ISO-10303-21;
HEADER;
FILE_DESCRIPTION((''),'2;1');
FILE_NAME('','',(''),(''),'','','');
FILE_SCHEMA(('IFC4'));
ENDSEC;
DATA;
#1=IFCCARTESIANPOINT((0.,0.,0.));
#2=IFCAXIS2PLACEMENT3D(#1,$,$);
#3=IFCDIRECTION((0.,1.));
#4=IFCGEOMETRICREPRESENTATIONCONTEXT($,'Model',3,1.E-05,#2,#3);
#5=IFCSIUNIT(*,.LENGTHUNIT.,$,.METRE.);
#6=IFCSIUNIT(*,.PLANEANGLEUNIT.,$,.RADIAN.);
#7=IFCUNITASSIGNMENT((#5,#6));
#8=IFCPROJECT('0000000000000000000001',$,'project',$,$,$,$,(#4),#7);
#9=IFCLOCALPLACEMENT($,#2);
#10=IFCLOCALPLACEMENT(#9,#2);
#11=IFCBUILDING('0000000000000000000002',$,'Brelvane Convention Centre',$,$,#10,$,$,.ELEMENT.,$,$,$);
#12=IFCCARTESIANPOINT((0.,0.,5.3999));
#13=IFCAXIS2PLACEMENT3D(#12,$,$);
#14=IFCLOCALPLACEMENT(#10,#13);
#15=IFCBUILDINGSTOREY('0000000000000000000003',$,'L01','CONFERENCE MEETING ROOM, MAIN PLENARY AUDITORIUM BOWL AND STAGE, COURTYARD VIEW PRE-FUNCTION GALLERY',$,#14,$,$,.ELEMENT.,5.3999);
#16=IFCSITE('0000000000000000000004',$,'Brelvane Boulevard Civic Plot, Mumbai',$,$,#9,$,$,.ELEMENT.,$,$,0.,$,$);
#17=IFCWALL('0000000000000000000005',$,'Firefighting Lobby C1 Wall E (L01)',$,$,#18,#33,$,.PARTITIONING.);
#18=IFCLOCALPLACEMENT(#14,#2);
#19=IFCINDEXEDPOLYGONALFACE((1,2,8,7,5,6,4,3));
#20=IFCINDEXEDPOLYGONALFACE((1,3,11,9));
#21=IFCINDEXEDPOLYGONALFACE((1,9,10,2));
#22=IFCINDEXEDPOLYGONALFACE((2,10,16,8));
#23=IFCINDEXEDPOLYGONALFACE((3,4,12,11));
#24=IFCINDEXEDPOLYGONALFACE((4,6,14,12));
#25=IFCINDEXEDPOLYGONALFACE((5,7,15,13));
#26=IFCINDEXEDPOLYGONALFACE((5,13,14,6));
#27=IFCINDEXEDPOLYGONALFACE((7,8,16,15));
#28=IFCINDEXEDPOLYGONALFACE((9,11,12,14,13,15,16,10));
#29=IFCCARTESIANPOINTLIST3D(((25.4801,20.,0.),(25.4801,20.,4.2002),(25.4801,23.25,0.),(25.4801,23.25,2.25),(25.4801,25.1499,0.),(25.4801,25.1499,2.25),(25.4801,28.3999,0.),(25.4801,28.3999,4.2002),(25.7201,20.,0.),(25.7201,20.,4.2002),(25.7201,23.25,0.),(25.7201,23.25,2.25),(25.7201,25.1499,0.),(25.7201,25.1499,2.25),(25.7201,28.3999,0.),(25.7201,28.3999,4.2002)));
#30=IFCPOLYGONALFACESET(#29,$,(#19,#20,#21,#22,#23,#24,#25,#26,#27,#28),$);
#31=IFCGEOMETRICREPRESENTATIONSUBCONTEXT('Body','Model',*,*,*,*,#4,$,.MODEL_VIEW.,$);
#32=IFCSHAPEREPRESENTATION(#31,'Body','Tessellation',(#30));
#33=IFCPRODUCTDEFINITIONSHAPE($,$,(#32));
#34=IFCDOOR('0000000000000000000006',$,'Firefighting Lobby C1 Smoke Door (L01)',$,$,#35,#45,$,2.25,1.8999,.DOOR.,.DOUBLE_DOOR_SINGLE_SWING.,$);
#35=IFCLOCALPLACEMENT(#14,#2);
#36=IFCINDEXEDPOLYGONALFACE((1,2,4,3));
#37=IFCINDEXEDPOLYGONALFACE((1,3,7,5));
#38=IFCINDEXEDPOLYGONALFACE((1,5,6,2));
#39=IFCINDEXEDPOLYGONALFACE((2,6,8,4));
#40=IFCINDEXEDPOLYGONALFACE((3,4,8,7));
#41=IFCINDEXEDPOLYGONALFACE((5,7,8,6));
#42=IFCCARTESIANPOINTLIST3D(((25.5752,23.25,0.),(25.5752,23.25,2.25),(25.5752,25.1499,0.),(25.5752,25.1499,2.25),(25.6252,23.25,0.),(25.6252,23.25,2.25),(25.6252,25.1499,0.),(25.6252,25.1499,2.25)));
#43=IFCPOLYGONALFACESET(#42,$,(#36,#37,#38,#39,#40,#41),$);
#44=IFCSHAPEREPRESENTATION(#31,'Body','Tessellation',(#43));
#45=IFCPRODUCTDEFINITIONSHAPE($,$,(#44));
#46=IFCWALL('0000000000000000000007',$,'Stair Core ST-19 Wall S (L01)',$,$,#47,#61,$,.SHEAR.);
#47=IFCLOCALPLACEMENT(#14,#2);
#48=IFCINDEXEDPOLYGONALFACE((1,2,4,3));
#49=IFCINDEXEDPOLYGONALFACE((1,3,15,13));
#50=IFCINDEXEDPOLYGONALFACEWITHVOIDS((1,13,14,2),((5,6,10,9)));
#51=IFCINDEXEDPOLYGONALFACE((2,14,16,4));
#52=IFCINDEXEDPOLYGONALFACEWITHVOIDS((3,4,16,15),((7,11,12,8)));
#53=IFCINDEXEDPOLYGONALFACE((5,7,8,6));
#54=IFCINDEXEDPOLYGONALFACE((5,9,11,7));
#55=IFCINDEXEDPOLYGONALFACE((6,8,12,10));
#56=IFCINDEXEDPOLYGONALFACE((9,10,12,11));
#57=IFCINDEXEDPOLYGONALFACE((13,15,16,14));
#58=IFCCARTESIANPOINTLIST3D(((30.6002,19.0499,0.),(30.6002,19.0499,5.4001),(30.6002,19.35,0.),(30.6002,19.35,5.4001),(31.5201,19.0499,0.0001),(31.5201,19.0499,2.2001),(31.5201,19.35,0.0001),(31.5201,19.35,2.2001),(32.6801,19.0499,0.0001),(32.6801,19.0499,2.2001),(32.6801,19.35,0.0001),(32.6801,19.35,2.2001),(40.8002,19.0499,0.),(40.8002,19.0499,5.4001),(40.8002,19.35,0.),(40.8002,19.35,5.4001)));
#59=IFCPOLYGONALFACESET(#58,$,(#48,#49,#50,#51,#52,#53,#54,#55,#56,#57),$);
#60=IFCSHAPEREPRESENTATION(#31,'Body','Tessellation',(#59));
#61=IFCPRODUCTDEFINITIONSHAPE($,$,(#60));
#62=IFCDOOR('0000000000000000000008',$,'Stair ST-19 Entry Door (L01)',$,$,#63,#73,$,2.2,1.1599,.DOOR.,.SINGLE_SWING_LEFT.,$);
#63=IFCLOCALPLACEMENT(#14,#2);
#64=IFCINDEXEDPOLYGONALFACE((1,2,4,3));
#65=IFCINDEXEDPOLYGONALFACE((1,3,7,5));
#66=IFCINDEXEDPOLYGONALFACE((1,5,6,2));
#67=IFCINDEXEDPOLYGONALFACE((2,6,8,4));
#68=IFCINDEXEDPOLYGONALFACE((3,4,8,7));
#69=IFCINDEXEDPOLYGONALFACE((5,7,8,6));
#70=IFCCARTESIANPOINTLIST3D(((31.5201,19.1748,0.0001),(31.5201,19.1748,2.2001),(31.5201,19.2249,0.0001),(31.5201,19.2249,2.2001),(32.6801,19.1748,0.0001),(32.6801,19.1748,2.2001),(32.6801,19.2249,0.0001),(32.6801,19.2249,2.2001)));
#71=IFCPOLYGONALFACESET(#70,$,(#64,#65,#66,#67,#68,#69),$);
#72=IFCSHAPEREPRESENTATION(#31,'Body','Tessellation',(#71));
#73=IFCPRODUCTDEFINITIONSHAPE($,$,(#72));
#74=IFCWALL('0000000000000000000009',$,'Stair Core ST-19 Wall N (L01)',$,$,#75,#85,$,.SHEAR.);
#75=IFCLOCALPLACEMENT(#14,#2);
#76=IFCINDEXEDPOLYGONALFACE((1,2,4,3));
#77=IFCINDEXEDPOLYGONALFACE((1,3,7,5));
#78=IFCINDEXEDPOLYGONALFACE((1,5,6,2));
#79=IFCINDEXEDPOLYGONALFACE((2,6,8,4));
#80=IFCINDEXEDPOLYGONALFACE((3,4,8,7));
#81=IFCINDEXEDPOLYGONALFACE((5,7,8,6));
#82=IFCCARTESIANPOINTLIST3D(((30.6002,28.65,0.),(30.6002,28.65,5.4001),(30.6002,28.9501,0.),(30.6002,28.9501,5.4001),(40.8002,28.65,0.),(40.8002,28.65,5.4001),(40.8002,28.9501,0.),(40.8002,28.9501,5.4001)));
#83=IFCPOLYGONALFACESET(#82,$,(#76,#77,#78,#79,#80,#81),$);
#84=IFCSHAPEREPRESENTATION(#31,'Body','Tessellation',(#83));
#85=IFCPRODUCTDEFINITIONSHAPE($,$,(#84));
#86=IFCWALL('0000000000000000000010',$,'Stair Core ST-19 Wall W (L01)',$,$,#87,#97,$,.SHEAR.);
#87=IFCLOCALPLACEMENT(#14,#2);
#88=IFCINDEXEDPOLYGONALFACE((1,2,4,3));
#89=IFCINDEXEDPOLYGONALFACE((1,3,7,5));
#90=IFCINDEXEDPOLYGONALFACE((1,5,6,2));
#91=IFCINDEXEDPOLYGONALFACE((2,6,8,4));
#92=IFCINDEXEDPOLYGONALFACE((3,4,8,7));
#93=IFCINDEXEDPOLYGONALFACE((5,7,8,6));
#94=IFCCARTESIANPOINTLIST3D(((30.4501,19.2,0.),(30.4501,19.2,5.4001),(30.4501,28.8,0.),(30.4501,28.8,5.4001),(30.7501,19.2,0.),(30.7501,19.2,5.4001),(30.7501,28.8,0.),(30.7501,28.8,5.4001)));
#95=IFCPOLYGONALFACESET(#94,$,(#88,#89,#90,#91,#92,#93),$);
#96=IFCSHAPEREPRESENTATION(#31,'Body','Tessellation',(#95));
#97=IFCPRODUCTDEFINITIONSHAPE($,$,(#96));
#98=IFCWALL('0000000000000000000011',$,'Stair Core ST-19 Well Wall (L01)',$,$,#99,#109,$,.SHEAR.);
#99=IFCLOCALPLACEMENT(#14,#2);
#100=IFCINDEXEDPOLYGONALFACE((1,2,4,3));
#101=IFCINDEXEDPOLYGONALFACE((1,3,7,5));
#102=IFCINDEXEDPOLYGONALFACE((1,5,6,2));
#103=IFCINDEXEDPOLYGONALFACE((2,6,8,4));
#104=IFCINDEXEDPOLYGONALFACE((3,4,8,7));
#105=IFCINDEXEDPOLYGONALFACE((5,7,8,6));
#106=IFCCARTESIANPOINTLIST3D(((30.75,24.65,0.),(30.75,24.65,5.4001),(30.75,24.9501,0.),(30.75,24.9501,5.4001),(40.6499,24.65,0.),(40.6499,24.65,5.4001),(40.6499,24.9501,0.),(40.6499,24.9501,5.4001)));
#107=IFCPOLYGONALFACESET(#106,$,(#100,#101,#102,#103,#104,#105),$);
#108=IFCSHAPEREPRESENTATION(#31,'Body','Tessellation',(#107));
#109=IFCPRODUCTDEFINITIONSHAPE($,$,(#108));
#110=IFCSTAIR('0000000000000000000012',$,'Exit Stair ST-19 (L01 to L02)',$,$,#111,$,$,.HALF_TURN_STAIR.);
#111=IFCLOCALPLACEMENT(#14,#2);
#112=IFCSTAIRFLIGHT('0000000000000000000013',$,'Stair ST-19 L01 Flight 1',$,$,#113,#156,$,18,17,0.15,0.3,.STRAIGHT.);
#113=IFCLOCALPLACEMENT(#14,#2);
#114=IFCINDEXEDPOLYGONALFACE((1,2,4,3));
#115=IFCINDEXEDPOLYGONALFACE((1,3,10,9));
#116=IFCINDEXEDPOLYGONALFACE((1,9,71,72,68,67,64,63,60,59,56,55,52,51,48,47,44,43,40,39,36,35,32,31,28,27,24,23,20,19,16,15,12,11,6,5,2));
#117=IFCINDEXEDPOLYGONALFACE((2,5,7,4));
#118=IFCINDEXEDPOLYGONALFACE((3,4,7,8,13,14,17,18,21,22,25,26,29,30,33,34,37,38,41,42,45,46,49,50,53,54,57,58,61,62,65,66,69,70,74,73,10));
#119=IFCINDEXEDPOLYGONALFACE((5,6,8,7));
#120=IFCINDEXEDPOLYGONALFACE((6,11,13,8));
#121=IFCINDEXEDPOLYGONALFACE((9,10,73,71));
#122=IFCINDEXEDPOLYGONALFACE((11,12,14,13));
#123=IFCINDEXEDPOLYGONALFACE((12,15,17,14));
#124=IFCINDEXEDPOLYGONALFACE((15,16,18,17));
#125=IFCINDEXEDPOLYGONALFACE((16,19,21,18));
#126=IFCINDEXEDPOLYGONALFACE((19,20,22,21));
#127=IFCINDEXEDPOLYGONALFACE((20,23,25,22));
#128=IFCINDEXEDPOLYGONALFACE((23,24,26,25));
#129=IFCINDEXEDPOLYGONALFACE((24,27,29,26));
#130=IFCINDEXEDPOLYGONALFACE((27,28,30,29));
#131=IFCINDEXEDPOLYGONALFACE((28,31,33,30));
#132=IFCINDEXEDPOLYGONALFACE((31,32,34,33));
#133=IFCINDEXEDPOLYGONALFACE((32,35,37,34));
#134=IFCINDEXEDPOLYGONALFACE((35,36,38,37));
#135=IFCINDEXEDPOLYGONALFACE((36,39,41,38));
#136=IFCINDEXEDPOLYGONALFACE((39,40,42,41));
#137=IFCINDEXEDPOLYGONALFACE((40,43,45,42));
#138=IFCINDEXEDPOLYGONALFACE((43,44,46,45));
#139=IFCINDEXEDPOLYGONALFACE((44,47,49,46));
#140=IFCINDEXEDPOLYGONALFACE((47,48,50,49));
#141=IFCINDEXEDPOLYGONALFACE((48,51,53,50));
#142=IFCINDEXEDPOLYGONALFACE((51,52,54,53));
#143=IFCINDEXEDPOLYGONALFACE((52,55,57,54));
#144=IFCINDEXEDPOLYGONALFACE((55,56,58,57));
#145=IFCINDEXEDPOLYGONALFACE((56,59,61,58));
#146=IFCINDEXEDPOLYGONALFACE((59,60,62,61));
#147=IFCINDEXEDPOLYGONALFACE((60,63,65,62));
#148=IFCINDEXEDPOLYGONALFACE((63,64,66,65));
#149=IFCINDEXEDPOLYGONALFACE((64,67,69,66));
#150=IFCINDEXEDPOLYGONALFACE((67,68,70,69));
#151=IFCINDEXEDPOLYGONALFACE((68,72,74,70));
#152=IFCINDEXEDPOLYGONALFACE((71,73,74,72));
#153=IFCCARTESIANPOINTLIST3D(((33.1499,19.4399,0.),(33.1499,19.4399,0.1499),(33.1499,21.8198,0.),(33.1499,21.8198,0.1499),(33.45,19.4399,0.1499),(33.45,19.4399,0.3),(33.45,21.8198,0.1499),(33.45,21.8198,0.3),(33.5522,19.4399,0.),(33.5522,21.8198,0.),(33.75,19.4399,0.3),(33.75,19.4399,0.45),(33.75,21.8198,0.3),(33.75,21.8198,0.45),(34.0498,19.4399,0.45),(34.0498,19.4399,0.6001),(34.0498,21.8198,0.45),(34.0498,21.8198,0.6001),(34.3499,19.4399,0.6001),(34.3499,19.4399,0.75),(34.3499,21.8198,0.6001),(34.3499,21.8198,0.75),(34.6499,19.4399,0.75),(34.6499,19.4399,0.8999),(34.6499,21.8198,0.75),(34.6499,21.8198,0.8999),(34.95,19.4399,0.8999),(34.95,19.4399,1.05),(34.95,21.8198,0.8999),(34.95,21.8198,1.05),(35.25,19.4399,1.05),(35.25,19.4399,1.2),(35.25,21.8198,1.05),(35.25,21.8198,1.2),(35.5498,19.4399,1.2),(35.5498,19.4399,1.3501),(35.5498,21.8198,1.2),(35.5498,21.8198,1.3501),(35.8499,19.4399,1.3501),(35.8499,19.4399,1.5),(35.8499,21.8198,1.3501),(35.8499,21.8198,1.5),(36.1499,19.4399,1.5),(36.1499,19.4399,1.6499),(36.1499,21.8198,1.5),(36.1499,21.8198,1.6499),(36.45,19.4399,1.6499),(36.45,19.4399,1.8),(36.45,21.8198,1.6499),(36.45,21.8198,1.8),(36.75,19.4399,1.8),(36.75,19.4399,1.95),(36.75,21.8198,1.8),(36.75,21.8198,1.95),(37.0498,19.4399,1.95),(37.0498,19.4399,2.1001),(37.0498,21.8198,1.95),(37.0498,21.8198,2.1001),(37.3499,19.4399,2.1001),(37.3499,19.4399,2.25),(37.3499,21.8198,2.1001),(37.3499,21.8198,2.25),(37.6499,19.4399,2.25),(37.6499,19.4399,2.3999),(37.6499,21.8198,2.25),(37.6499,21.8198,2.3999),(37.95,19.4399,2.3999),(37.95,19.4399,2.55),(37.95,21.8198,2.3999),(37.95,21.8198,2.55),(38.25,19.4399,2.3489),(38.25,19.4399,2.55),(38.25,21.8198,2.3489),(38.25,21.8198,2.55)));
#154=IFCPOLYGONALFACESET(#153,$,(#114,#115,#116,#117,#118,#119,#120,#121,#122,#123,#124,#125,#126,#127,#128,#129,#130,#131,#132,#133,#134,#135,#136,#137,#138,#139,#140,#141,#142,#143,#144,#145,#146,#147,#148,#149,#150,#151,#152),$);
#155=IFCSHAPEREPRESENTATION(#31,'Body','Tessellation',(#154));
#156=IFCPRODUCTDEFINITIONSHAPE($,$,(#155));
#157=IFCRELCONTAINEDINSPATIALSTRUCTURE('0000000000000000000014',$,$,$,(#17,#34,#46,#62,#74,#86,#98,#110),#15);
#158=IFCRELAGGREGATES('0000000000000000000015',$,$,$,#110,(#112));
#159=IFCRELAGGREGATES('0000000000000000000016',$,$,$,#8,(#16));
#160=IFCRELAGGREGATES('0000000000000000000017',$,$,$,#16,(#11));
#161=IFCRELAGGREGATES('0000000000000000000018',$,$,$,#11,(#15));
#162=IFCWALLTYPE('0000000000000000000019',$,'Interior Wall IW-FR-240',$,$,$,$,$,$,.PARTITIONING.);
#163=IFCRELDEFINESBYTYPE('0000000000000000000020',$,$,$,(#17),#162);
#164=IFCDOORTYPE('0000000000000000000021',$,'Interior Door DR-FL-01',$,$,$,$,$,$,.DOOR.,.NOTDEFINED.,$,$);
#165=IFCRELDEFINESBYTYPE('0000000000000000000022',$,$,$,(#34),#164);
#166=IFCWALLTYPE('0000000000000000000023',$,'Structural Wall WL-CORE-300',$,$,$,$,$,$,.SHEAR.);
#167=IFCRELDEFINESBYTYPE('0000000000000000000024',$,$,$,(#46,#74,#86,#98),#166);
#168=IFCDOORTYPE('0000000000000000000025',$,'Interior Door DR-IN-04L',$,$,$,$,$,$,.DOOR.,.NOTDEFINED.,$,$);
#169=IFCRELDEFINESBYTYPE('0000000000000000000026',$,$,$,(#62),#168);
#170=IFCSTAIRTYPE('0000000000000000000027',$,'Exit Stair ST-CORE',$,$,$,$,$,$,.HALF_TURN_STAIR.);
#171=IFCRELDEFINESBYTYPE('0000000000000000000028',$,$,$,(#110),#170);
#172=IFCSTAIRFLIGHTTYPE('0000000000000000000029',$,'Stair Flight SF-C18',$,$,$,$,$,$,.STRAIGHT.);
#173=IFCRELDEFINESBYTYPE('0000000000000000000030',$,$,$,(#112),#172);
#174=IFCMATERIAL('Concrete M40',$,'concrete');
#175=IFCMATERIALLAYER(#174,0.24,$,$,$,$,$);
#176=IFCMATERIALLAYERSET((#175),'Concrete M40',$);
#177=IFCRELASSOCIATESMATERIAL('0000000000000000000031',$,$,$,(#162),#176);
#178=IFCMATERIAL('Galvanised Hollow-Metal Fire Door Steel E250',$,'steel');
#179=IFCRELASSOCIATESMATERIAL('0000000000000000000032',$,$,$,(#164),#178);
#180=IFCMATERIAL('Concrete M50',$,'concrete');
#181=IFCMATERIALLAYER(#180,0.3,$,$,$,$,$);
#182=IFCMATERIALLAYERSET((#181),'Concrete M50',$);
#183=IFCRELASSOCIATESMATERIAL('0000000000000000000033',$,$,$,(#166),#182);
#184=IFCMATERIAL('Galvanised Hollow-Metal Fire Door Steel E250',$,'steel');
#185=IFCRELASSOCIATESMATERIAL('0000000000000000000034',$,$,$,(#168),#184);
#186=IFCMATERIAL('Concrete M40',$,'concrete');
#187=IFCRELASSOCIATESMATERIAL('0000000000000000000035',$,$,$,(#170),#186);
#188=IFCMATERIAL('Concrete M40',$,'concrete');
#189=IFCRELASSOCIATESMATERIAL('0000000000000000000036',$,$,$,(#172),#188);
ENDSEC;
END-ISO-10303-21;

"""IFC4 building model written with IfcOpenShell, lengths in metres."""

from ifc_helpers import new_model, si_unit, direction, frame, frame_2d, origin, place, context, subcontext, project, spatial, polyline, rectangle, outline, extrude, material, layer, layer_set, type_object, element, fill, aggregate, save


model = new_model("IFC4")

# Units and contexts
model_context = context("Model", 3, precision=1e-05, world=origin(), true_north=direction((0.0, 1.0)))
body_context = subcontext(model_context, "Body", "Model", "MODEL_VIEW")
ifc_project = project(units=[si_unit("LENGTHUNIT", "METRE"), si_unit("PLANEANGLEUNIT", "RADIAN")], contexts=[model_context])

# Site, building, storey
site_placement = place(None, origin())
site = spatial("IfcSite", under=ifc_project, at=site_placement, Name="Brelvane Boulevard Civic Plot, Mumbai", CompositionType="ELEMENT", RefElevation=0.0)
building_placement = place(site_placement, origin())
building = spatial("IfcBuilding", under=site, at=building_placement, Name="Brelvane Convention Centre", CompositionType="ELEMENT")
storey_placement = place(building_placement, frame((0.0, 0.0, 5.3999)))
storey = spatial("IfcBuildingStorey", under=building, at=storey_placement, Name="L01", Description="CONFERENCE MEETING ROOM, MAIN PLENARY AUDITORIUM BOWL AND STAGE, COURTYARD VIEW PRE-FUNCTION GALLERY", CompositionType="ELEMENT", Elevation=5.3999)

# Walls, openings, doors
ifc_material_1 = material(Name="Concrete M40", Category="concrete")
ifc_layer_1 = layer(ifc_material_1, 0.24)
ifc_layer_set_1 = layer_set([ifc_layer_1], Name="Concrete M40")
wall_type_1 = type_object("IfcWallType", Name="Interior Wall IW-FR-240", PredefinedType="PARTITIONING", material=ifc_layer_set_1)
wall_1_placement = place(storey_placement, frame((25.6001, 20.0, 0.0), z_axis=(0.0, 0.0, 1.0), x_axis=(0.0, 1.0, 0.0)))
wall_1 = element("IfcWall", 1, at=wall_1_placement, inside=storey, type_object=wall_type_1, Name="Firefighting Lobby C1 Wall E (L01)", PredefinedType="PARTITIONING", context=body_context, shape_type="SweptSolid", body=[
    extrude(rectangle(XDim=8.3999, YDim=0.24, at=frame_2d((4.2, 0.0))), origin(), (0.0, 0.0, 1.0), 4.2002),
])
opening_1_placement = place(wall_1_placement, frame((3.25, 0.0, 0.0)))
opening_1 = element("IfcOpeningElement", 2, at=opening_1_placement, cuts=wall_1, PredefinedType="OPENING", context=body_context, shape_type="SweptSolid", body=[
    extrude(rectangle(XDim=1.8999, YDim=2.25, at=frame_2d((0.95, 1.125))), frame((0.0, 0.1299, 0.0), z_axis=(0.0, -1.0, 0.0), x_axis=(1.0, 0.0, 0.0)), (0.0, 0.0, 1.0), 0.26),
])
ifc_material_2 = material(Name="Galvanised Hollow-Metal Fire Door Steel E250", Category="steel")
door_type_1 = type_object("IfcDoorType", Name="Interior Door DR-FL-01", OperationType="NOTDEFINED", PredefinedType="DOOR", material=ifc_material_2)
door_1_placement = place(opening_1_placement, origin())
door_1 = element("IfcDoor", 3, at=door_1_placement, inside=storey, type_object=door_type_1, Name="Firefighting Lobby C1 Smoke Door (L01)", OperationType="DOUBLE_DOOR_SINGLE_SWING", OverallHeight=2.25, OverallWidth=1.8999, PredefinedType="DOOR", context=body_context, shape_type="SweptSolid", body=[
    extrude(rectangle(XDim=1.8999, YDim=2.25, at=frame_2d((0.95, 1.125))), frame((0.0, 0.0249, 0.0), z_axis=(0.0, -1.0, 0.0), x_axis=(1.0, 0.0, 0.0)), (0.0, 0.0, 1.0), 0.05),
])
fill(opening_1, door_1)
ifc_material_3 = material(Name="Concrete M50", Category="concrete")
ifc_layer_2 = layer(ifc_material_3, 0.3)
ifc_layer_set_2 = layer_set([ifc_layer_2], Name="Concrete M50")
wall_type_2 = type_object("IfcWallType", Name="Structural Wall WL-CORE-300", PredefinedType="SHEAR", material=ifc_layer_set_2)
wall_2_placement = place(storey_placement, frame((30.6001, 19.2, 0.0), z_axis=(0.0, 0.0, 1.0), x_axis=(1.0, 0.0, 0.0)))
wall_2 = element("IfcWall", 4, at=wall_2_placement, inside=storey, type_object=wall_type_2, Name="Stair Core ST-19 Wall S (L01)", PredefinedType="SHEAR", context=body_context, shape_type="SweptSolid", body=[
    extrude(rectangle(XDim=10.2, YDim=0.3, at=frame_2d((5.1001, 0.0))), origin(), (0.0, 0.0, 1.0), 5.4001),
])
opening_2_placement = place(wall_2_placement, frame((0.9199, 0.0, 0.0)))
opening_2 = element("IfcOpeningElement", 5, at=opening_2_placement, cuts=wall_2, PredefinedType="OPENING", context=body_context, shape_type="SweptSolid", body=[
    extrude(rectangle(XDim=1.1599, YDim=2.2, at=frame_2d((0.5801, 1.1001))), frame((0.0, 0.1599, 0.0), z_axis=(0.0, -1.0, 0.0), x_axis=(1.0, 0.0, 0.0)), (0.0, 0.0, 1.0), 0.3201),
])
ifc_material_4 = material(Name="Galvanised Hollow-Metal Fire Door Steel E250", Category="steel")
door_type_2 = type_object("IfcDoorType", Name="Interior Door DR-IN-04L", OperationType="NOTDEFINED", PredefinedType="DOOR", material=ifc_material_4)
door_2_placement = place(opening_2_placement, origin())
door_2 = element("IfcDoor", 6, at=door_2_placement, inside=storey, type_object=door_type_2, Name="Stair ST-19 Entry Door (L01)", OperationType="SINGLE_SWING_LEFT", OverallHeight=2.2, OverallWidth=1.1599, PredefinedType="DOOR", context=body_context, shape_type="SweptSolid", body=[
    extrude(rectangle(XDim=1.1599, YDim=2.2, at=frame_2d((0.5801, 1.1001))), frame((0.0, 0.0249, 0.0), z_axis=(0.0, -1.0, 0.0), x_axis=(1.0, 0.0, 0.0)), (0.0, 0.0, 1.0), 0.05),
])
fill(opening_2, door_2)

# Walls
wall_3_placement = place(storey_placement, frame((30.6001, 28.8, 0.0), z_axis=(0.0, 0.0, 1.0), x_axis=(1.0, 0.0, 0.0)))
element("IfcWall", 7, at=wall_3_placement, inside=storey, type_object=wall_type_2, Name="Stair Core ST-19 Wall N (L01)", PredefinedType="SHEAR", context=body_context, shape_type="SweptSolid", body=[
    extrude(rectangle(XDim=10.2, YDim=0.3, at=frame_2d((5.1001, 0.0))), origin(), (0.0, 0.0, 1.0), 5.4001),
])
wall_4_placement = place(storey_placement, frame((30.6001, 19.2, 0.0), z_axis=(0.0, 0.0, 1.0), x_axis=(0.0, 1.0, 0.0)))
element("IfcWall", 8, at=wall_4_placement, inside=storey, type_object=wall_type_2, Name="Stair Core ST-19 Wall W (L01)", PredefinedType="SHEAR", context=body_context, shape_type="SweptSolid", body=[
    extrude(rectangle(XDim=9.6001, YDim=0.3, at=frame_2d((4.8, 0.0))), origin(), (0.0, 0.0, 1.0), 5.4001),
])
wall_5_placement = place(storey_placement, frame((30.75, 24.8, 0.0), z_axis=(0.0, 0.0, 1.0), x_axis=(1.0, 0.0, 0.0)))
element("IfcWall", 9, at=wall_5_placement, inside=storey, type_object=wall_type_2, Name="Stair Core ST-19 Well Wall (L01)", PredefinedType="SHEAR", context=body_context, shape_type="SweptSolid", body=[
    extrude(rectangle(XDim=9.8999, YDim=0.3, at=frame_2d((4.95, 0.0))), origin(), (0.0, 0.0, 1.0), 5.4001),
])

# Stair, stair flight
ifc_material_5 = material(Name="Concrete M40", Category="concrete")
stair_type = type_object("IfcStairType", Name="Exit Stair ST-CORE", PredefinedType="HALF_TURN_STAIR", material=ifc_material_5)
stair_placement = place(storey_placement, origin())
stair = element("IfcStair", 10, at=stair_placement, inside=storey, type_object=stair_type, Name="Exit Stair ST-19 (L01 to L02)", PredefinedType="HALF_TURN_STAIR")
ifc_material_6 = material(Name="Concrete M40", Category="concrete")
stair_flight_type = type_object("IfcStairFlightType", Name="Stair Flight SF-C18", PredefinedType="STRAIGHT", material=ifc_material_6)
stair_flight_placement = place(storey_placement, frame((33.1499, 20.6299, 0.0), z_axis=(0.0, 0.0, 1.0), x_axis=(1.0, 0.0, 0.0)))
stair_flight = element("IfcStairFlight", 11, at=stair_flight_placement, type_object=stair_flight_type, Name="Stair ST-19 L01 Flight 1", NumberOfRisers=18, NumberOfTreads=17, PredefinedType="STRAIGHT", RiserHeight=0.15, TreadLength=0.3, context=body_context, shape_type="SweptSolid", body=[
    extrude(outline(polyline([(0.0, 0.0), (0.0, 0.1499), (0.3, 0.1499), (0.3, 0.3), (0.6001, 0.3), (0.6001, 0.45), (0.8999, 0.45), (0.8999, 0.6001), (1.2, 0.6001), (1.2, 0.75), (1.5, 0.75), (1.5, 0.8999), (1.8, 0.8999), (1.8, 1.05), (2.1001, 1.05), (2.1001, 1.2), (2.3999, 1.2), (2.3999, 1.3501), (2.7, 1.3501), (2.7, 1.5), (3.0, 1.5), (3.0, 1.6499), (3.3, 1.6499), (3.3, 1.8), (3.6001, 1.8), (3.6001, 1.95), (3.8999, 1.95), (3.8999, 2.1001), (4.2, 2.1001), (4.2, 2.25), (4.5, 2.25), (4.5, 2.3999), (4.8, 2.3999), (4.8, 2.55), (5.1001, 2.55), (5.1001, 2.7), (5.1001, 2.3489), (0.4023, 0.0), (0.0, 0.0)])), frame((0.0, 1.1899, 0.0), z_axis=(0.0, -1.0, 0.0), x_axis=(1.0, 0.0, 0.0)), (0.0, 0.0, 1.0), 2.3799),
])
aggregate(stair, [stair_flight])

save(model, "model.ifc")
